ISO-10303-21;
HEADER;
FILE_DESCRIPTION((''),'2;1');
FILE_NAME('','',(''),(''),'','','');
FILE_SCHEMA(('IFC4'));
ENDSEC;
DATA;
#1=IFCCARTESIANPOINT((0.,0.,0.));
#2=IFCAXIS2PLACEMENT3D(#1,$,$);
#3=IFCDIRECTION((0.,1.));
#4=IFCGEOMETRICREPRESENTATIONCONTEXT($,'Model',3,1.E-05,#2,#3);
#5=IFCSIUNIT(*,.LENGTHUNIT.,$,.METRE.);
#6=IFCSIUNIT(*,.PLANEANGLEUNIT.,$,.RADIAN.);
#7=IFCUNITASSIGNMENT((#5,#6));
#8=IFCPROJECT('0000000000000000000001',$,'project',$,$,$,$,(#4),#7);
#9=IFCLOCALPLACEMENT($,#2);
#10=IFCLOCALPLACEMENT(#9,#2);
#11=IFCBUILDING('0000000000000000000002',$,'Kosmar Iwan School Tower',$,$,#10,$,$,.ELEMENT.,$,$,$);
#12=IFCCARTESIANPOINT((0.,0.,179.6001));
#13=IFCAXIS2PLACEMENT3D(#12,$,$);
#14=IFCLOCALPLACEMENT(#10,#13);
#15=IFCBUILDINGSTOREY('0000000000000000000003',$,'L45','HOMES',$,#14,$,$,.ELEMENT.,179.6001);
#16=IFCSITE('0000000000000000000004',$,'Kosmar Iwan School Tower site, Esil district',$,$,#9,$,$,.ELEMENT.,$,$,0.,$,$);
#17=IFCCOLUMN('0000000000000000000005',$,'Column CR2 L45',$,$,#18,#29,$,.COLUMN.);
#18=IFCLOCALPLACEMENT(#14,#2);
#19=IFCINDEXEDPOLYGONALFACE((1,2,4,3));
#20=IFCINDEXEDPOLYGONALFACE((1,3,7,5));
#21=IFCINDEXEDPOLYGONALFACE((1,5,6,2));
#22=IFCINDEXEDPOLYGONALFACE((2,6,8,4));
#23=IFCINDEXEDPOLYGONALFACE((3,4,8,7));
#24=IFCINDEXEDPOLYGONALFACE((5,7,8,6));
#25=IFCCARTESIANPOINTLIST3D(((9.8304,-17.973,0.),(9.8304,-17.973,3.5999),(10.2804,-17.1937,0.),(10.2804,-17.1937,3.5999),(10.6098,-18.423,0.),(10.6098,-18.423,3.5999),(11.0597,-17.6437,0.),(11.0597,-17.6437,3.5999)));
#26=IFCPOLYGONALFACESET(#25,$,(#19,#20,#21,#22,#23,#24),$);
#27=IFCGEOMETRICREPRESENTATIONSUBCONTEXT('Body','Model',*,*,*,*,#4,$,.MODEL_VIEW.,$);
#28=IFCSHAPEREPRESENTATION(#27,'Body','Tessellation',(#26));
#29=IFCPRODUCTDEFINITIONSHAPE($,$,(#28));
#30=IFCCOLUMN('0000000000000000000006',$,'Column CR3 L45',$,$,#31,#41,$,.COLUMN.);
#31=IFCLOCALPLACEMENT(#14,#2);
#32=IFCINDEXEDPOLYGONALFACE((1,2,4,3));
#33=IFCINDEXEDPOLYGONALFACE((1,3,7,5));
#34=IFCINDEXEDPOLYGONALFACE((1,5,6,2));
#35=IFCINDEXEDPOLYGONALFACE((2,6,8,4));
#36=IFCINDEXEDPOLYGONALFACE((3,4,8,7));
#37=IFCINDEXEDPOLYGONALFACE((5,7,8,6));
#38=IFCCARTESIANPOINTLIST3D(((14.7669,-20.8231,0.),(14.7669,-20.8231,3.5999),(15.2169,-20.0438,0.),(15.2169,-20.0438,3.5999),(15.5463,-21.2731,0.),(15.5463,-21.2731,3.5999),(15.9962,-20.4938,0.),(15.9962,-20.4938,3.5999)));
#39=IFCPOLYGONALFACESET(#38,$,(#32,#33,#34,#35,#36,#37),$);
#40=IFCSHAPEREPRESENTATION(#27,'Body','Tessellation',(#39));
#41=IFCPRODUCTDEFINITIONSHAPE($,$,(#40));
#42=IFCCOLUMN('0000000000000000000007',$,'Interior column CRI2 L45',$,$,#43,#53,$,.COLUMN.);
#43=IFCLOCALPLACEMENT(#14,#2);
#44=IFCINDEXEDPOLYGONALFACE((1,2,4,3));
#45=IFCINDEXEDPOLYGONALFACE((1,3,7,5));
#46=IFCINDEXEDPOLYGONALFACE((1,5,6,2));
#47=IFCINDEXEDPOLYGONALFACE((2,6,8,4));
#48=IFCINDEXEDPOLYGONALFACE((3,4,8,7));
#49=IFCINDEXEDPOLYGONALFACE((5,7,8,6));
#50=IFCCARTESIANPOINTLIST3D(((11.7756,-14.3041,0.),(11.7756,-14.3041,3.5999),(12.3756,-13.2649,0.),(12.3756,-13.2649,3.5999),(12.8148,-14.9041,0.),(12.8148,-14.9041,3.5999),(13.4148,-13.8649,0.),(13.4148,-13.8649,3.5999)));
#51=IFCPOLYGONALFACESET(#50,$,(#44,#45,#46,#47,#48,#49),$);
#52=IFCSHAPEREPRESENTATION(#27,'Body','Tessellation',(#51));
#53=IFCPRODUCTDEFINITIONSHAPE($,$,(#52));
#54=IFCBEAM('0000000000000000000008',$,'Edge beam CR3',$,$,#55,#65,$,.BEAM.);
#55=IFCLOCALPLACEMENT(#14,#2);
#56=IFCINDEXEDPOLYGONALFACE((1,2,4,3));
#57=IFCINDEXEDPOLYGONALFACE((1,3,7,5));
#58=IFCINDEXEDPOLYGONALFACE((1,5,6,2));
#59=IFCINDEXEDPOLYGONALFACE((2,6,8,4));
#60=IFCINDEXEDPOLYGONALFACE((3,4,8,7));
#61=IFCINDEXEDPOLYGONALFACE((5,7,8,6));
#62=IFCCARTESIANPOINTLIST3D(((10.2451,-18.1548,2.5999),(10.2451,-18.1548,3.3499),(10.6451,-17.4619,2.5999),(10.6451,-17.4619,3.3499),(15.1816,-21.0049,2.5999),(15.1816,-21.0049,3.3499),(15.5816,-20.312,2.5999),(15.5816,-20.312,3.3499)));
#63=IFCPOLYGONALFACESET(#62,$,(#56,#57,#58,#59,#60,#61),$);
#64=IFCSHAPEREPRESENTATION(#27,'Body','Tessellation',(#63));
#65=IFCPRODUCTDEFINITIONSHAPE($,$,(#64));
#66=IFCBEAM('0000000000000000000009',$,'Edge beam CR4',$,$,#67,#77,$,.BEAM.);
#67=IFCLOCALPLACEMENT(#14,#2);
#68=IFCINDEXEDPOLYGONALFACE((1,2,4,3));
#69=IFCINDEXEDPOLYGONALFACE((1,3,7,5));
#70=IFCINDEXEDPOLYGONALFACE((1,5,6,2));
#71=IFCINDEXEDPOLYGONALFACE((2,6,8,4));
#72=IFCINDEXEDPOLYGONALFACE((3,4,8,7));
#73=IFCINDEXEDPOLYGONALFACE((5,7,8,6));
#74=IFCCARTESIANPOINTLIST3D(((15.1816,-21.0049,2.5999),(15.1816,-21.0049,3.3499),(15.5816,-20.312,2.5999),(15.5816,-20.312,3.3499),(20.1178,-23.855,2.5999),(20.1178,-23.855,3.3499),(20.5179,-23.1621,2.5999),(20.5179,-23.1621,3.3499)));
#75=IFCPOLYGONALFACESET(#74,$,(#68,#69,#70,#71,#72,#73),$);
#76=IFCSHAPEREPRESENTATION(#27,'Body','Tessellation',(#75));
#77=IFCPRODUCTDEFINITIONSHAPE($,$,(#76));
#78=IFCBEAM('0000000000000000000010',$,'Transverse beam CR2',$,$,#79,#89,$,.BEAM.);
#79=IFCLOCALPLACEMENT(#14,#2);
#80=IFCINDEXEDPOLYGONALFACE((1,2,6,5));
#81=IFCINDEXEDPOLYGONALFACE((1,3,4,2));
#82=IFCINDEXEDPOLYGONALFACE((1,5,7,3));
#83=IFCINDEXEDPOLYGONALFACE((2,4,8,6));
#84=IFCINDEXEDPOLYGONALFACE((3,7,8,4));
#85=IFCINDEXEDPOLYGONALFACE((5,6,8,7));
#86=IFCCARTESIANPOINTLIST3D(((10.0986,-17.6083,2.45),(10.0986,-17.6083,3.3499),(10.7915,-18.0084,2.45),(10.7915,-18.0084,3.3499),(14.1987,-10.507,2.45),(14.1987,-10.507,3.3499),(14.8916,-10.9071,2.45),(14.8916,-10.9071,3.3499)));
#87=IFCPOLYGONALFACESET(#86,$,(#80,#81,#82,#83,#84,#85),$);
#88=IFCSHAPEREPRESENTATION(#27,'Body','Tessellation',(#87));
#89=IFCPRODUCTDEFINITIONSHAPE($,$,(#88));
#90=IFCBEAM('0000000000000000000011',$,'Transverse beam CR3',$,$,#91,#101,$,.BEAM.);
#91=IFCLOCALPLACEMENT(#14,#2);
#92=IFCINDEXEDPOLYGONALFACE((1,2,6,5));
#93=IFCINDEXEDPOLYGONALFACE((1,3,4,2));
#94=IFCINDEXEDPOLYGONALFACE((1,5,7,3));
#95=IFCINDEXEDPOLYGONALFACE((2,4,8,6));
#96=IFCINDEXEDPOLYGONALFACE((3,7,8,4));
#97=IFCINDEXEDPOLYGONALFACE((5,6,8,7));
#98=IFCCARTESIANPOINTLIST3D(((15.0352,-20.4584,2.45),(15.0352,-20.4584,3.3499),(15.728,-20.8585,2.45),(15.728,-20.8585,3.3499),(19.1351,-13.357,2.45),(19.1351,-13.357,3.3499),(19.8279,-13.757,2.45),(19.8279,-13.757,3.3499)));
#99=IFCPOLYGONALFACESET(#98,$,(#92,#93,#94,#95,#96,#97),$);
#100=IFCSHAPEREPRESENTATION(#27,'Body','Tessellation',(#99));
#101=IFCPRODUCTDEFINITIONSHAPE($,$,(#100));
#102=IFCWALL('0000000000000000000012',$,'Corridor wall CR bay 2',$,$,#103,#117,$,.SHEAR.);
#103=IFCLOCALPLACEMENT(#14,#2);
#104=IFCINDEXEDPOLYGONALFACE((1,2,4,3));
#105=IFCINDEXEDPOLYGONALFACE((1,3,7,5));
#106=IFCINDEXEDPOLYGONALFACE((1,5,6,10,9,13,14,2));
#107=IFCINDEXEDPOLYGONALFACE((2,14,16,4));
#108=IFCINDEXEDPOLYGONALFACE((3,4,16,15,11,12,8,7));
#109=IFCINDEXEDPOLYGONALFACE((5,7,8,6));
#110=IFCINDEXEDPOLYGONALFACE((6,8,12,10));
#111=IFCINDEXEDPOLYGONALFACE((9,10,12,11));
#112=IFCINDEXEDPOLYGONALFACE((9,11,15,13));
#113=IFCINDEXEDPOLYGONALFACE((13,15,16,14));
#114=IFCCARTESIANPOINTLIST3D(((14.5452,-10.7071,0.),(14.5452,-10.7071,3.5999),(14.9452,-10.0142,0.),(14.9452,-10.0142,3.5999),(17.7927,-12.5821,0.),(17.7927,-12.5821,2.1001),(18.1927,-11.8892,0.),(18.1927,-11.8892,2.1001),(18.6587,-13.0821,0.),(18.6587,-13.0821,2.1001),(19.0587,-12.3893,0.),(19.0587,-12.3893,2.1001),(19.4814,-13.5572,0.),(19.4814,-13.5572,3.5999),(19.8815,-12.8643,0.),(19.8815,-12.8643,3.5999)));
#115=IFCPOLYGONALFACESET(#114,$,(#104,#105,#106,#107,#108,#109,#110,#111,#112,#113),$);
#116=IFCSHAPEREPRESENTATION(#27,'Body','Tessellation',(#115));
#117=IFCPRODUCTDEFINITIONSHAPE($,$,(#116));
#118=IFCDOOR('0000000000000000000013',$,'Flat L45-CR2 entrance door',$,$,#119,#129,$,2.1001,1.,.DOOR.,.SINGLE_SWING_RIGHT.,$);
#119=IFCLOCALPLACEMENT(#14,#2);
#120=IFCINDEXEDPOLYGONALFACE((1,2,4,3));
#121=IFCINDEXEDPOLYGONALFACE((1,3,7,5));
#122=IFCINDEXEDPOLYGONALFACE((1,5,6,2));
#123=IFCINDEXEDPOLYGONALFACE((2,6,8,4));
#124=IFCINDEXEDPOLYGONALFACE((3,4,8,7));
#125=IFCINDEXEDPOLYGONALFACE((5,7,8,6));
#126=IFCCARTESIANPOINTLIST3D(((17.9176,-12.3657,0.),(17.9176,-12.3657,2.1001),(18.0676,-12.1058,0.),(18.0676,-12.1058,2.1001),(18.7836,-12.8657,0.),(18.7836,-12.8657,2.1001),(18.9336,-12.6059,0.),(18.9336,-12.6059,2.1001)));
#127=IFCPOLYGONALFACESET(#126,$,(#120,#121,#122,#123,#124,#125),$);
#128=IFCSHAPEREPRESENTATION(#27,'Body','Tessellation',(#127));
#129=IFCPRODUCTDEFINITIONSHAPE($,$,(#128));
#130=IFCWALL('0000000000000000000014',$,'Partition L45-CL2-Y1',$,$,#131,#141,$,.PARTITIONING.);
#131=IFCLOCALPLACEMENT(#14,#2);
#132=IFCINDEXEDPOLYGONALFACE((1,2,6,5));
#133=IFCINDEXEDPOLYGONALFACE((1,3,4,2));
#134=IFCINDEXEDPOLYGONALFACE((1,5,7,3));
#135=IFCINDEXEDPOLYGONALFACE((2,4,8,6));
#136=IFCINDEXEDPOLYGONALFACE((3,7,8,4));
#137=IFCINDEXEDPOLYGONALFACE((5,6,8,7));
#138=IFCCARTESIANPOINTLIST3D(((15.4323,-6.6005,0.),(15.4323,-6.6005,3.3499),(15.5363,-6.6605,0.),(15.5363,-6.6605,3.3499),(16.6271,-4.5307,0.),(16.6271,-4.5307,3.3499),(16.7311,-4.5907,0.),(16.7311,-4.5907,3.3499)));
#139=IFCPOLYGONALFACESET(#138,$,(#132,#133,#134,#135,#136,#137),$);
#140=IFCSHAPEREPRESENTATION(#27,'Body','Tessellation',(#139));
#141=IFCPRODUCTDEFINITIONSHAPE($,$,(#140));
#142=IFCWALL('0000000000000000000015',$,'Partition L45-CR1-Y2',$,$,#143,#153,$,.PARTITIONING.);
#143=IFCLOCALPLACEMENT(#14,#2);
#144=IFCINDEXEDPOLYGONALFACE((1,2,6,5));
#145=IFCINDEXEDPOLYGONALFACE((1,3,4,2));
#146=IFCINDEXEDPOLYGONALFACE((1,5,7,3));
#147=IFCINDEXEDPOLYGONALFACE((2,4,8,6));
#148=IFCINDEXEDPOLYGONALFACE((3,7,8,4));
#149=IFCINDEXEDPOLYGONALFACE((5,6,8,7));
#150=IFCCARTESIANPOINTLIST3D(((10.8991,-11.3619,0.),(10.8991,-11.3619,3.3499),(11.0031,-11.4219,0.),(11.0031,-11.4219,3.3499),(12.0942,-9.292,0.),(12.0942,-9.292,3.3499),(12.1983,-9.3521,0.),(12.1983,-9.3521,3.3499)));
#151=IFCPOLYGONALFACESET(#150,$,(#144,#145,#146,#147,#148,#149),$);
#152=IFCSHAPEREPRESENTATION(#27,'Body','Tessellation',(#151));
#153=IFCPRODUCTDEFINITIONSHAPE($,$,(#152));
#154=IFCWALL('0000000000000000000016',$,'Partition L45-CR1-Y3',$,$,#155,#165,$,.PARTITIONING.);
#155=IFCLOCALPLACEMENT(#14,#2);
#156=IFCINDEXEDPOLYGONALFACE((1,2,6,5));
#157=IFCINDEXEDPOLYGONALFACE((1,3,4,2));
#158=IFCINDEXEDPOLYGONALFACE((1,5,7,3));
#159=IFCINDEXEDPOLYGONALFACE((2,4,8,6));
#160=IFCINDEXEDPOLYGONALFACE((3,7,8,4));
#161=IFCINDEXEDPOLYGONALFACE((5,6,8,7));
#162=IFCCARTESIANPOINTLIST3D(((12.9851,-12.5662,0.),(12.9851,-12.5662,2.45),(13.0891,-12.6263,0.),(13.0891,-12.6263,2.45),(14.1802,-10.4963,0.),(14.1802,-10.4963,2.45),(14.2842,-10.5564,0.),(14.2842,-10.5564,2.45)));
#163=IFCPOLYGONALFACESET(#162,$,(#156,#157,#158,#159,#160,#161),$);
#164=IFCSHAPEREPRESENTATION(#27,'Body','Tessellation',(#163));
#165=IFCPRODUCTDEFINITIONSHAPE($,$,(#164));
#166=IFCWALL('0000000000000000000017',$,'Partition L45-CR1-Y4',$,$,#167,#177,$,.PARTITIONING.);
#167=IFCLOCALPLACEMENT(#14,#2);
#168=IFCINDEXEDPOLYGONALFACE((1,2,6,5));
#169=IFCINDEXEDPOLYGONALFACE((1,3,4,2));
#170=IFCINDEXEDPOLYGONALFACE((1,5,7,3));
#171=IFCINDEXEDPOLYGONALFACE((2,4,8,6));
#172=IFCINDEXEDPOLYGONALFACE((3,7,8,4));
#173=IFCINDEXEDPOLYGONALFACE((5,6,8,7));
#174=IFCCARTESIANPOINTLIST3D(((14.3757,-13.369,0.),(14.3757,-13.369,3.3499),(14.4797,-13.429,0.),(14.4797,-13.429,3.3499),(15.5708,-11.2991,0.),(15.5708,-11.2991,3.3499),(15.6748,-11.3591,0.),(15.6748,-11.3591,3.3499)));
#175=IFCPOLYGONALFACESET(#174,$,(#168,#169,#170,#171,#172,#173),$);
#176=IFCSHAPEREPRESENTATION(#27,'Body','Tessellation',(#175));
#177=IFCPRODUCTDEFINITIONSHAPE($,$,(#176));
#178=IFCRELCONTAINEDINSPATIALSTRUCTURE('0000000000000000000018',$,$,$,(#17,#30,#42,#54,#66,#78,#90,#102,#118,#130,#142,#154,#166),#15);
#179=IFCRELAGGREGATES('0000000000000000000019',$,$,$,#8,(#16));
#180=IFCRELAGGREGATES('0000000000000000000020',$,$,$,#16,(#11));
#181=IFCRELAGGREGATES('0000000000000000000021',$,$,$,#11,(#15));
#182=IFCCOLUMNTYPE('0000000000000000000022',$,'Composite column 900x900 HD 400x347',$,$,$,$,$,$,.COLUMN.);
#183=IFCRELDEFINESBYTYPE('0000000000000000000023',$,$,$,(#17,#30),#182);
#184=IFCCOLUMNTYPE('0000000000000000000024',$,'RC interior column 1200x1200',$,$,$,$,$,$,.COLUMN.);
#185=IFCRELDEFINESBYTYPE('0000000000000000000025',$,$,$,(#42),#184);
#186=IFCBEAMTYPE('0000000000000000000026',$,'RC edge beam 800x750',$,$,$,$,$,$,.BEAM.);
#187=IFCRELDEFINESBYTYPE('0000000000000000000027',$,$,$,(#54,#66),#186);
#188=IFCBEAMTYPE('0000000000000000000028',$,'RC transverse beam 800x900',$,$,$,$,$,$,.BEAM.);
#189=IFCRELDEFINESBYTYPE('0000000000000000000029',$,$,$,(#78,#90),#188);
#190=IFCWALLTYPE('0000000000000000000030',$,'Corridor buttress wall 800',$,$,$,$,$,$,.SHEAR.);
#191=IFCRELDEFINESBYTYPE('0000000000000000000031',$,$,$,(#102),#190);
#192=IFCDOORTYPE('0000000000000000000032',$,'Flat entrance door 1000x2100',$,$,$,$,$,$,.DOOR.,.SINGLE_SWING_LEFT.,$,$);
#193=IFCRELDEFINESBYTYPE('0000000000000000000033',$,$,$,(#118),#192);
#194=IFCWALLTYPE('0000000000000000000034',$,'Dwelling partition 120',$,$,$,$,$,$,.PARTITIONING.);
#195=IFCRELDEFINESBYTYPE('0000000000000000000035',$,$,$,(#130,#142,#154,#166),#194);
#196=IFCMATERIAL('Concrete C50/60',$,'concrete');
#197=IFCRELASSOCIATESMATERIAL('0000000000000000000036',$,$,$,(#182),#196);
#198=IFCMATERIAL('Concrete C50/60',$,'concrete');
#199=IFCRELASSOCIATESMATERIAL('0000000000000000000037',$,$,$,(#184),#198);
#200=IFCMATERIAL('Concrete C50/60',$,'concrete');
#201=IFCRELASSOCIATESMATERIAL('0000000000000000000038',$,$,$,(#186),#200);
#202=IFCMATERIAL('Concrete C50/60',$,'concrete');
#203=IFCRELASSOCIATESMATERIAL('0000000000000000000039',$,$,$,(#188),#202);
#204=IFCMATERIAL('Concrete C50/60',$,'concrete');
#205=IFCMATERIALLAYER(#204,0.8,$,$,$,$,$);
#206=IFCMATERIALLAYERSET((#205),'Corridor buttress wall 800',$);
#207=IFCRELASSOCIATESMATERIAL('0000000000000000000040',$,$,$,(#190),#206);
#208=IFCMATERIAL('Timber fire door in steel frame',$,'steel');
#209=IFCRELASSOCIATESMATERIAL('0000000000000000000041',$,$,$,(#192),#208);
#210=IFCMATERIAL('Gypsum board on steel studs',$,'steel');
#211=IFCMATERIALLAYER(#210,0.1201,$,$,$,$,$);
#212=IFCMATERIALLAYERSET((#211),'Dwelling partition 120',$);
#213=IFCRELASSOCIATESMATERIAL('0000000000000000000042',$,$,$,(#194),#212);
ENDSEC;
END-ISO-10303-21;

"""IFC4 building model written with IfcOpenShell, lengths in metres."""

from ifc_helpers import new_model, si_unit, direction, frame, frame_2d, origin, origin_2d, place, context, subcontext, project, spatial, rectangle, extrude, material, layer, layer_set, material_profile, profile_set, type_object, element, fill, save


model = new_model("IFC4")

# Units and contexts
model_context = context("Model", 3, precision=1e-05, world=origin(), true_north=direction((0.0, 1.0)))
body_context = subcontext(model_context, "Body", "Model", "MODEL_VIEW")
ifc_project = project(units=[si_unit("LENGTHUNIT", "METRE"), si_unit("PLANEANGLEUNIT", "RADIAN")], contexts=[model_context])

# Site, building, storey
site_placement = place(None, origin())
site = spatial("IfcSite", under=ifc_project, at=site_placement, Name="Kosmar Iwan School Tower site, Esil district", CompositionType="ELEMENT", RefElevation=0.0)
building_placement = place(site_placement, origin())
building = spatial("IfcBuilding", under=site, at=building_placement, Name="Kosmar Iwan School Tower", CompositionType="ELEMENT")
storey_placement = place(building_placement, frame((0.0, 0.0, 179.6001)))
storey = spatial("IfcBuildingStorey", under=building, at=storey_placement, Name="L45", Description="HOMES", CompositionType="ELEMENT", Elevation=179.6001)

# Columns
ifc_material_1 = material(Name="Concrete C50/60", Category="concrete")
ifc_material_profile_1 = material_profile(ifc_material_1, rectangle(XDim=0.8999, YDim=0.8999, at=origin_2d()), Name="RC 900x900 + HD 400x347")
ifc_profile_set_1 = profile_set([ifc_material_profile_1], Name="Concrete C50/60")
column_type_1 = type_object("IfcColumnType", Name="Composite column 900x900 HD 400x347", PredefinedType="COLUMN", material=ifc_profile_set_1)
for number, where, z_axis, x_axis, name in (
    (1, (10.4451, -17.8083, 0.0), (0.0, 0.0, 1.0), (0.866025, -0.5, 0.0), "Column CR2 L45"),
    (2, (15.3816, -20.6584, 0.0), (0.0, 0.0, 1.0), (0.866025, -0.5, 0.0), "Column CR3 L45"),
):
    element("IfcColumn", number, at=place(storey_placement, frame(where, z_axis=z_axis, x_axis=x_axis)), inside=storey, type_object=column_type_1, Name=name, PredefinedType="COLUMN", context=body_context, shape_type="SweptSolid", body=[
        extrude(rectangle(XDim=0.8999, YDim=0.8999, at=origin_2d()), origin(), (0.0, 0.0, 1.0), 3.5999),
    ])
ifc_material_2 = material(Name="Concrete C50/60", Category="concrete")
ifc_material_profile_2 = material_profile(ifc_material_2, rectangle(XDim=1.2, YDim=1.2, at=origin_2d()), Name="RC 1200x1200")
ifc_profile_set_2 = profile_set([ifc_material_profile_2], Name="Concrete C50/60")
column_type_2 = type_object("IfcColumnType", Name="RC interior column 1200x1200", PredefinedType="COLUMN", material=ifc_profile_set_2)
column_placement = place(storey_placement, frame((12.5952, -14.0845, 0.0), z_axis=(0.0, 0.0, 1.0), x_axis=(0.866025, -0.5, 0.0)))
element("IfcColumn", 3, at=column_placement, inside=storey, type_object=column_type_2, Name="Interior column CRI2 L45", PredefinedType="COLUMN", context=body_context, shape_type="SweptSolid", body=[
    extrude(rectangle(XDim=1.2, YDim=1.2, at=origin_2d()), origin(), (0.0, 0.0, 1.0), 3.5999),
])

# Beams
ifc_material_3 = material(Name="Concrete C50/60", Category="concrete")
ifc_material_profile_3 = material_profile(ifc_material_3, rectangle(XDim=0.8, YDim=0.75, at=origin_2d()), Name="RC 800x750")
ifc_profile_set_3 = profile_set([ifc_material_profile_3], Name="Concrete C50/60")
beam_type_1 = type_object("IfcBeamType", Name="RC edge beam 800x750", PredefinedType="BEAM", material=ifc_profile_set_3)
beam_1_placement = place(storey_placement, frame((10.4451, -17.8083, 2.9749), z_axis=(0.866026, -0.499999, 0.0), x_axis=(0.499999, 0.866026, 0.0)))
element("IfcBeam", 4, at=beam_1_placement, inside=storey, type_object=beam_type_1, Name="Edge beam CR3", PredefinedType="BEAM", context=body_context, shape_type="SweptSolid", body=[
    extrude(rectangle(XDim=0.8, YDim=0.75, at=origin_2d()), origin(), (0.0, 0.0, 1.0), 5.7002),
])
beam_2_placement = place(storey_placement, frame((15.3816, -20.6584, 2.9749), z_axis=(0.866015, -0.500018, 0.0), x_axis=(0.500018, 0.866015, 0.0)))
element("IfcBeam", 5, at=beam_2_placement, inside=storey, type_object=beam_type_1, Name="Edge beam CR4", PredefinedType="BEAM", context=body_context, shape_type="SweptSolid", body=[
    extrude(rectangle(XDim=0.8, YDim=0.75, at=origin_2d()), origin(), (0.0, 0.0, 1.0), 5.7),
])
ifc_material_4 = material(Name="Concrete C50/60", Category="concrete")
ifc_material_profile_4 = material_profile(ifc_material_4, rectangle(XDim=0.8, YDim=0.8999, at=origin_2d()), Name="RC 800x900")
ifc_profile_set_4 = profile_set([ifc_material_profile_4], Name="Concrete C50/60")
beam_type_2 = type_object("IfcBeamType", Name="RC transverse beam 800x900", PredefinedType="BEAM", material=ifc_profile_set_4)
for number, where, z_axis, x_axis, name in (
    (6, (10.4451, -17.8083, 2.8999), (0.500014, 0.866018, 0.0), (-0.866018, 0.500014, 0.0), "Transverse beam CR2"),
    (7, (15.3816, -20.6584, 2.8999), (0.499991, 0.86603, 0.0), (-0.86603, 0.499991, 0.0), "Transverse beam CR3"),
):
    element("IfcBeam", number, at=place(storey_placement, frame(where, z_axis=z_axis, x_axis=x_axis)), inside=storey, type_object=beam_type_2, Name=name, PredefinedType="BEAM", context=body_context, shape_type="SweptSolid", body=[
        extrude(rectangle(XDim=0.8, YDim=0.8999, at=origin_2d()), origin(), (0.0, 0.0, 1.0), 8.2),
    ])

# Wall, opening, door
ifc_material_5 = material(Name="Concrete C50/60", Category="concrete")
ifc_layer_1 = layer(ifc_material_5, 0.8)
ifc_layer_set_1 = layer_set([ifc_layer_1], Name="Corridor buttress wall 800")
wall_type_1 = type_object("IfcWallType", Name="Corridor buttress wall 800", PredefinedType="SHEAR", material=ifc_layer_set_1)
wall_1_placement = place(storey_placement, frame((14.7451, -10.3606, 0.0), z_axis=(0.0, 0.0, 1.0), x_axis=(0.866015, -0.500018, 0.0)))
wall_1 = element("IfcWall", 8, at=wall_1_placement, inside=storey, type_object=wall_type_1, Name="Corridor wall CR bay 2", PredefinedType="SHEAR", context=body_context, shape_type="SweptSolid", body=[
    extrude(rectangle(XDim=5.7, YDim=0.8, at=frame_2d((2.8501, 0.0))), origin(), (0.0, 0.0, 1.0), 3.5999),
])
opening_1_placement = place(wall_1_placement, frame((3.75, 0.0, 0.0)))
opening_1 = element("IfcOpeningElement", 9, at=opening_1_placement, cuts=wall_1, PredefinedType="OPENING", context=body_context, shape_type="SweptSolid", body=[
    extrude(rectangle(XDim=1.0, YDim=2.1001, at=frame_2d((0.5, 1.05))), frame((0.0, 0.4121, 0.0), z_axis=(0.0, -1.0, 0.0), x_axis=(1.0, 0.0, 0.0)), (0.0, 0.0, 1.0), 0.824),
])
ifc_material_6 = material(Name="Timber fire door in steel frame", Category="steel")
door_type_1 = type_object("IfcDoorType", Name="Flat entrance door 1000x2100", OperationType="SINGLE_SWING_LEFT", PredefinedType="DOOR", material=ifc_material_6)
door_1_placement = place(opening_1_placement, origin())
door_1 = element("IfcDoor", 10, at=door_1_placement, inside=storey, type_object=door_type_1, Name="Flat L45-CR2 entrance door", OperationType="SINGLE_SWING_RIGHT", OverallHeight=2.1001, OverallWidth=1.0, PredefinedType="DOOR", context=body_context, shape_type="SweptSolid", body=[
    extrude(rectangle(XDim=1.0, YDim=2.1001, at=frame_2d((0.5, 1.05))), frame((0.0, 0.1499, 0.0), z_axis=(0.0, -1.0, 0.0), x_axis=(1.0, 0.0, 0.0)), (0.0, 0.0, 1.0), 0.3),
])
fill(opening_1, door_1)

# Walls
ifc_material_7 = material(Name="Gypsum board on steel studs", Category="steel")
ifc_layer_2 = layer(ifc_material_7, 0.1201)
ifc_layer_set_2 = layer_set([ifc_layer_2], Name="Dwelling partition 120")
wall_type_2 = type_object("IfcWallType", Name="Dwelling partition 120", PredefinedType="PARTITIONING", material=ifc_layer_set_2)
wall_2_placement = place(storey_placement, frame((15.4844, -6.6304, 0.0), z_axis=(0.0, 0.0, 1.0), x_axis=(0.499941, 0.86606, 0.0)))
element("IfcWall", 11, at=wall_2_placement, inside=storey, type_object=wall_type_2, Name="Partition L45-CL2-Y1", PredefinedType="PARTITIONING", context=body_context, shape_type="SweptSolid", body=[
    extrude(rectangle(XDim=2.3899, YDim=0.1201, at=frame_2d((1.1948, 0.0))), origin(), (0.0, 0.0, 1.0), 3.3499),
])
wall_3_placement = place(storey_placement, frame((12.1462, -9.322, 0.0), z_axis=(0.0, 0.0, 1.0), x_axis=(-0.500017, -0.866015, 0.0)))
element("IfcWall", 12, at=wall_3_placement, inside=storey, type_object=wall_type_2, Name="Partition L45-CR1-Y2", PredefinedType="PARTITIONING", context=body_context, shape_type="SweptSolid", body=[
    extrude(rectangle(XDim=2.3901, YDim=0.1201, at=frame_2d((1.1951, 0.0))), origin(), (0.0, 0.0, 1.0), 3.3499),
])
wall_4_placement = place(storey_placement, frame((14.2322, -10.5264, 0.0), z_axis=(0.0, 0.0, 1.0), x_axis=(-0.500017, -0.866015, 0.0)))
element("IfcWall", 13, at=wall_4_placement, inside=storey, type_object=wall_type_2, Name="Partition L45-CR1-Y3", PredefinedType="PARTITIONING", context=body_context, shape_type="SweptSolid", body=[
    extrude(rectangle(XDim=2.3901, YDim=0.1201, at=frame_2d((1.1951, 0.0))), origin(), (0.0, 0.0, 1.0), 2.45),
])
wall_5_placement = place(storey_placement, frame((15.6228, -11.3291, 0.0), z_axis=(0.0, 0.0, 1.0), x_axis=(-0.500017, -0.866015, 0.0)))
element("IfcWall", 14, at=wall_5_placement, inside=storey, type_object=wall_type_2, Name="Partition L45-CR1-Y4", PredefinedType="PARTITIONING", context=body_context, shape_type="SweptSolid", body=[
    extrude(rectangle(XDim=2.3901, YDim=0.1201, at=frame_2d((1.1951, 0.0))), origin(), (0.0, 0.0, 1.0), 3.3499),
])

save(model, "model.ifc")
